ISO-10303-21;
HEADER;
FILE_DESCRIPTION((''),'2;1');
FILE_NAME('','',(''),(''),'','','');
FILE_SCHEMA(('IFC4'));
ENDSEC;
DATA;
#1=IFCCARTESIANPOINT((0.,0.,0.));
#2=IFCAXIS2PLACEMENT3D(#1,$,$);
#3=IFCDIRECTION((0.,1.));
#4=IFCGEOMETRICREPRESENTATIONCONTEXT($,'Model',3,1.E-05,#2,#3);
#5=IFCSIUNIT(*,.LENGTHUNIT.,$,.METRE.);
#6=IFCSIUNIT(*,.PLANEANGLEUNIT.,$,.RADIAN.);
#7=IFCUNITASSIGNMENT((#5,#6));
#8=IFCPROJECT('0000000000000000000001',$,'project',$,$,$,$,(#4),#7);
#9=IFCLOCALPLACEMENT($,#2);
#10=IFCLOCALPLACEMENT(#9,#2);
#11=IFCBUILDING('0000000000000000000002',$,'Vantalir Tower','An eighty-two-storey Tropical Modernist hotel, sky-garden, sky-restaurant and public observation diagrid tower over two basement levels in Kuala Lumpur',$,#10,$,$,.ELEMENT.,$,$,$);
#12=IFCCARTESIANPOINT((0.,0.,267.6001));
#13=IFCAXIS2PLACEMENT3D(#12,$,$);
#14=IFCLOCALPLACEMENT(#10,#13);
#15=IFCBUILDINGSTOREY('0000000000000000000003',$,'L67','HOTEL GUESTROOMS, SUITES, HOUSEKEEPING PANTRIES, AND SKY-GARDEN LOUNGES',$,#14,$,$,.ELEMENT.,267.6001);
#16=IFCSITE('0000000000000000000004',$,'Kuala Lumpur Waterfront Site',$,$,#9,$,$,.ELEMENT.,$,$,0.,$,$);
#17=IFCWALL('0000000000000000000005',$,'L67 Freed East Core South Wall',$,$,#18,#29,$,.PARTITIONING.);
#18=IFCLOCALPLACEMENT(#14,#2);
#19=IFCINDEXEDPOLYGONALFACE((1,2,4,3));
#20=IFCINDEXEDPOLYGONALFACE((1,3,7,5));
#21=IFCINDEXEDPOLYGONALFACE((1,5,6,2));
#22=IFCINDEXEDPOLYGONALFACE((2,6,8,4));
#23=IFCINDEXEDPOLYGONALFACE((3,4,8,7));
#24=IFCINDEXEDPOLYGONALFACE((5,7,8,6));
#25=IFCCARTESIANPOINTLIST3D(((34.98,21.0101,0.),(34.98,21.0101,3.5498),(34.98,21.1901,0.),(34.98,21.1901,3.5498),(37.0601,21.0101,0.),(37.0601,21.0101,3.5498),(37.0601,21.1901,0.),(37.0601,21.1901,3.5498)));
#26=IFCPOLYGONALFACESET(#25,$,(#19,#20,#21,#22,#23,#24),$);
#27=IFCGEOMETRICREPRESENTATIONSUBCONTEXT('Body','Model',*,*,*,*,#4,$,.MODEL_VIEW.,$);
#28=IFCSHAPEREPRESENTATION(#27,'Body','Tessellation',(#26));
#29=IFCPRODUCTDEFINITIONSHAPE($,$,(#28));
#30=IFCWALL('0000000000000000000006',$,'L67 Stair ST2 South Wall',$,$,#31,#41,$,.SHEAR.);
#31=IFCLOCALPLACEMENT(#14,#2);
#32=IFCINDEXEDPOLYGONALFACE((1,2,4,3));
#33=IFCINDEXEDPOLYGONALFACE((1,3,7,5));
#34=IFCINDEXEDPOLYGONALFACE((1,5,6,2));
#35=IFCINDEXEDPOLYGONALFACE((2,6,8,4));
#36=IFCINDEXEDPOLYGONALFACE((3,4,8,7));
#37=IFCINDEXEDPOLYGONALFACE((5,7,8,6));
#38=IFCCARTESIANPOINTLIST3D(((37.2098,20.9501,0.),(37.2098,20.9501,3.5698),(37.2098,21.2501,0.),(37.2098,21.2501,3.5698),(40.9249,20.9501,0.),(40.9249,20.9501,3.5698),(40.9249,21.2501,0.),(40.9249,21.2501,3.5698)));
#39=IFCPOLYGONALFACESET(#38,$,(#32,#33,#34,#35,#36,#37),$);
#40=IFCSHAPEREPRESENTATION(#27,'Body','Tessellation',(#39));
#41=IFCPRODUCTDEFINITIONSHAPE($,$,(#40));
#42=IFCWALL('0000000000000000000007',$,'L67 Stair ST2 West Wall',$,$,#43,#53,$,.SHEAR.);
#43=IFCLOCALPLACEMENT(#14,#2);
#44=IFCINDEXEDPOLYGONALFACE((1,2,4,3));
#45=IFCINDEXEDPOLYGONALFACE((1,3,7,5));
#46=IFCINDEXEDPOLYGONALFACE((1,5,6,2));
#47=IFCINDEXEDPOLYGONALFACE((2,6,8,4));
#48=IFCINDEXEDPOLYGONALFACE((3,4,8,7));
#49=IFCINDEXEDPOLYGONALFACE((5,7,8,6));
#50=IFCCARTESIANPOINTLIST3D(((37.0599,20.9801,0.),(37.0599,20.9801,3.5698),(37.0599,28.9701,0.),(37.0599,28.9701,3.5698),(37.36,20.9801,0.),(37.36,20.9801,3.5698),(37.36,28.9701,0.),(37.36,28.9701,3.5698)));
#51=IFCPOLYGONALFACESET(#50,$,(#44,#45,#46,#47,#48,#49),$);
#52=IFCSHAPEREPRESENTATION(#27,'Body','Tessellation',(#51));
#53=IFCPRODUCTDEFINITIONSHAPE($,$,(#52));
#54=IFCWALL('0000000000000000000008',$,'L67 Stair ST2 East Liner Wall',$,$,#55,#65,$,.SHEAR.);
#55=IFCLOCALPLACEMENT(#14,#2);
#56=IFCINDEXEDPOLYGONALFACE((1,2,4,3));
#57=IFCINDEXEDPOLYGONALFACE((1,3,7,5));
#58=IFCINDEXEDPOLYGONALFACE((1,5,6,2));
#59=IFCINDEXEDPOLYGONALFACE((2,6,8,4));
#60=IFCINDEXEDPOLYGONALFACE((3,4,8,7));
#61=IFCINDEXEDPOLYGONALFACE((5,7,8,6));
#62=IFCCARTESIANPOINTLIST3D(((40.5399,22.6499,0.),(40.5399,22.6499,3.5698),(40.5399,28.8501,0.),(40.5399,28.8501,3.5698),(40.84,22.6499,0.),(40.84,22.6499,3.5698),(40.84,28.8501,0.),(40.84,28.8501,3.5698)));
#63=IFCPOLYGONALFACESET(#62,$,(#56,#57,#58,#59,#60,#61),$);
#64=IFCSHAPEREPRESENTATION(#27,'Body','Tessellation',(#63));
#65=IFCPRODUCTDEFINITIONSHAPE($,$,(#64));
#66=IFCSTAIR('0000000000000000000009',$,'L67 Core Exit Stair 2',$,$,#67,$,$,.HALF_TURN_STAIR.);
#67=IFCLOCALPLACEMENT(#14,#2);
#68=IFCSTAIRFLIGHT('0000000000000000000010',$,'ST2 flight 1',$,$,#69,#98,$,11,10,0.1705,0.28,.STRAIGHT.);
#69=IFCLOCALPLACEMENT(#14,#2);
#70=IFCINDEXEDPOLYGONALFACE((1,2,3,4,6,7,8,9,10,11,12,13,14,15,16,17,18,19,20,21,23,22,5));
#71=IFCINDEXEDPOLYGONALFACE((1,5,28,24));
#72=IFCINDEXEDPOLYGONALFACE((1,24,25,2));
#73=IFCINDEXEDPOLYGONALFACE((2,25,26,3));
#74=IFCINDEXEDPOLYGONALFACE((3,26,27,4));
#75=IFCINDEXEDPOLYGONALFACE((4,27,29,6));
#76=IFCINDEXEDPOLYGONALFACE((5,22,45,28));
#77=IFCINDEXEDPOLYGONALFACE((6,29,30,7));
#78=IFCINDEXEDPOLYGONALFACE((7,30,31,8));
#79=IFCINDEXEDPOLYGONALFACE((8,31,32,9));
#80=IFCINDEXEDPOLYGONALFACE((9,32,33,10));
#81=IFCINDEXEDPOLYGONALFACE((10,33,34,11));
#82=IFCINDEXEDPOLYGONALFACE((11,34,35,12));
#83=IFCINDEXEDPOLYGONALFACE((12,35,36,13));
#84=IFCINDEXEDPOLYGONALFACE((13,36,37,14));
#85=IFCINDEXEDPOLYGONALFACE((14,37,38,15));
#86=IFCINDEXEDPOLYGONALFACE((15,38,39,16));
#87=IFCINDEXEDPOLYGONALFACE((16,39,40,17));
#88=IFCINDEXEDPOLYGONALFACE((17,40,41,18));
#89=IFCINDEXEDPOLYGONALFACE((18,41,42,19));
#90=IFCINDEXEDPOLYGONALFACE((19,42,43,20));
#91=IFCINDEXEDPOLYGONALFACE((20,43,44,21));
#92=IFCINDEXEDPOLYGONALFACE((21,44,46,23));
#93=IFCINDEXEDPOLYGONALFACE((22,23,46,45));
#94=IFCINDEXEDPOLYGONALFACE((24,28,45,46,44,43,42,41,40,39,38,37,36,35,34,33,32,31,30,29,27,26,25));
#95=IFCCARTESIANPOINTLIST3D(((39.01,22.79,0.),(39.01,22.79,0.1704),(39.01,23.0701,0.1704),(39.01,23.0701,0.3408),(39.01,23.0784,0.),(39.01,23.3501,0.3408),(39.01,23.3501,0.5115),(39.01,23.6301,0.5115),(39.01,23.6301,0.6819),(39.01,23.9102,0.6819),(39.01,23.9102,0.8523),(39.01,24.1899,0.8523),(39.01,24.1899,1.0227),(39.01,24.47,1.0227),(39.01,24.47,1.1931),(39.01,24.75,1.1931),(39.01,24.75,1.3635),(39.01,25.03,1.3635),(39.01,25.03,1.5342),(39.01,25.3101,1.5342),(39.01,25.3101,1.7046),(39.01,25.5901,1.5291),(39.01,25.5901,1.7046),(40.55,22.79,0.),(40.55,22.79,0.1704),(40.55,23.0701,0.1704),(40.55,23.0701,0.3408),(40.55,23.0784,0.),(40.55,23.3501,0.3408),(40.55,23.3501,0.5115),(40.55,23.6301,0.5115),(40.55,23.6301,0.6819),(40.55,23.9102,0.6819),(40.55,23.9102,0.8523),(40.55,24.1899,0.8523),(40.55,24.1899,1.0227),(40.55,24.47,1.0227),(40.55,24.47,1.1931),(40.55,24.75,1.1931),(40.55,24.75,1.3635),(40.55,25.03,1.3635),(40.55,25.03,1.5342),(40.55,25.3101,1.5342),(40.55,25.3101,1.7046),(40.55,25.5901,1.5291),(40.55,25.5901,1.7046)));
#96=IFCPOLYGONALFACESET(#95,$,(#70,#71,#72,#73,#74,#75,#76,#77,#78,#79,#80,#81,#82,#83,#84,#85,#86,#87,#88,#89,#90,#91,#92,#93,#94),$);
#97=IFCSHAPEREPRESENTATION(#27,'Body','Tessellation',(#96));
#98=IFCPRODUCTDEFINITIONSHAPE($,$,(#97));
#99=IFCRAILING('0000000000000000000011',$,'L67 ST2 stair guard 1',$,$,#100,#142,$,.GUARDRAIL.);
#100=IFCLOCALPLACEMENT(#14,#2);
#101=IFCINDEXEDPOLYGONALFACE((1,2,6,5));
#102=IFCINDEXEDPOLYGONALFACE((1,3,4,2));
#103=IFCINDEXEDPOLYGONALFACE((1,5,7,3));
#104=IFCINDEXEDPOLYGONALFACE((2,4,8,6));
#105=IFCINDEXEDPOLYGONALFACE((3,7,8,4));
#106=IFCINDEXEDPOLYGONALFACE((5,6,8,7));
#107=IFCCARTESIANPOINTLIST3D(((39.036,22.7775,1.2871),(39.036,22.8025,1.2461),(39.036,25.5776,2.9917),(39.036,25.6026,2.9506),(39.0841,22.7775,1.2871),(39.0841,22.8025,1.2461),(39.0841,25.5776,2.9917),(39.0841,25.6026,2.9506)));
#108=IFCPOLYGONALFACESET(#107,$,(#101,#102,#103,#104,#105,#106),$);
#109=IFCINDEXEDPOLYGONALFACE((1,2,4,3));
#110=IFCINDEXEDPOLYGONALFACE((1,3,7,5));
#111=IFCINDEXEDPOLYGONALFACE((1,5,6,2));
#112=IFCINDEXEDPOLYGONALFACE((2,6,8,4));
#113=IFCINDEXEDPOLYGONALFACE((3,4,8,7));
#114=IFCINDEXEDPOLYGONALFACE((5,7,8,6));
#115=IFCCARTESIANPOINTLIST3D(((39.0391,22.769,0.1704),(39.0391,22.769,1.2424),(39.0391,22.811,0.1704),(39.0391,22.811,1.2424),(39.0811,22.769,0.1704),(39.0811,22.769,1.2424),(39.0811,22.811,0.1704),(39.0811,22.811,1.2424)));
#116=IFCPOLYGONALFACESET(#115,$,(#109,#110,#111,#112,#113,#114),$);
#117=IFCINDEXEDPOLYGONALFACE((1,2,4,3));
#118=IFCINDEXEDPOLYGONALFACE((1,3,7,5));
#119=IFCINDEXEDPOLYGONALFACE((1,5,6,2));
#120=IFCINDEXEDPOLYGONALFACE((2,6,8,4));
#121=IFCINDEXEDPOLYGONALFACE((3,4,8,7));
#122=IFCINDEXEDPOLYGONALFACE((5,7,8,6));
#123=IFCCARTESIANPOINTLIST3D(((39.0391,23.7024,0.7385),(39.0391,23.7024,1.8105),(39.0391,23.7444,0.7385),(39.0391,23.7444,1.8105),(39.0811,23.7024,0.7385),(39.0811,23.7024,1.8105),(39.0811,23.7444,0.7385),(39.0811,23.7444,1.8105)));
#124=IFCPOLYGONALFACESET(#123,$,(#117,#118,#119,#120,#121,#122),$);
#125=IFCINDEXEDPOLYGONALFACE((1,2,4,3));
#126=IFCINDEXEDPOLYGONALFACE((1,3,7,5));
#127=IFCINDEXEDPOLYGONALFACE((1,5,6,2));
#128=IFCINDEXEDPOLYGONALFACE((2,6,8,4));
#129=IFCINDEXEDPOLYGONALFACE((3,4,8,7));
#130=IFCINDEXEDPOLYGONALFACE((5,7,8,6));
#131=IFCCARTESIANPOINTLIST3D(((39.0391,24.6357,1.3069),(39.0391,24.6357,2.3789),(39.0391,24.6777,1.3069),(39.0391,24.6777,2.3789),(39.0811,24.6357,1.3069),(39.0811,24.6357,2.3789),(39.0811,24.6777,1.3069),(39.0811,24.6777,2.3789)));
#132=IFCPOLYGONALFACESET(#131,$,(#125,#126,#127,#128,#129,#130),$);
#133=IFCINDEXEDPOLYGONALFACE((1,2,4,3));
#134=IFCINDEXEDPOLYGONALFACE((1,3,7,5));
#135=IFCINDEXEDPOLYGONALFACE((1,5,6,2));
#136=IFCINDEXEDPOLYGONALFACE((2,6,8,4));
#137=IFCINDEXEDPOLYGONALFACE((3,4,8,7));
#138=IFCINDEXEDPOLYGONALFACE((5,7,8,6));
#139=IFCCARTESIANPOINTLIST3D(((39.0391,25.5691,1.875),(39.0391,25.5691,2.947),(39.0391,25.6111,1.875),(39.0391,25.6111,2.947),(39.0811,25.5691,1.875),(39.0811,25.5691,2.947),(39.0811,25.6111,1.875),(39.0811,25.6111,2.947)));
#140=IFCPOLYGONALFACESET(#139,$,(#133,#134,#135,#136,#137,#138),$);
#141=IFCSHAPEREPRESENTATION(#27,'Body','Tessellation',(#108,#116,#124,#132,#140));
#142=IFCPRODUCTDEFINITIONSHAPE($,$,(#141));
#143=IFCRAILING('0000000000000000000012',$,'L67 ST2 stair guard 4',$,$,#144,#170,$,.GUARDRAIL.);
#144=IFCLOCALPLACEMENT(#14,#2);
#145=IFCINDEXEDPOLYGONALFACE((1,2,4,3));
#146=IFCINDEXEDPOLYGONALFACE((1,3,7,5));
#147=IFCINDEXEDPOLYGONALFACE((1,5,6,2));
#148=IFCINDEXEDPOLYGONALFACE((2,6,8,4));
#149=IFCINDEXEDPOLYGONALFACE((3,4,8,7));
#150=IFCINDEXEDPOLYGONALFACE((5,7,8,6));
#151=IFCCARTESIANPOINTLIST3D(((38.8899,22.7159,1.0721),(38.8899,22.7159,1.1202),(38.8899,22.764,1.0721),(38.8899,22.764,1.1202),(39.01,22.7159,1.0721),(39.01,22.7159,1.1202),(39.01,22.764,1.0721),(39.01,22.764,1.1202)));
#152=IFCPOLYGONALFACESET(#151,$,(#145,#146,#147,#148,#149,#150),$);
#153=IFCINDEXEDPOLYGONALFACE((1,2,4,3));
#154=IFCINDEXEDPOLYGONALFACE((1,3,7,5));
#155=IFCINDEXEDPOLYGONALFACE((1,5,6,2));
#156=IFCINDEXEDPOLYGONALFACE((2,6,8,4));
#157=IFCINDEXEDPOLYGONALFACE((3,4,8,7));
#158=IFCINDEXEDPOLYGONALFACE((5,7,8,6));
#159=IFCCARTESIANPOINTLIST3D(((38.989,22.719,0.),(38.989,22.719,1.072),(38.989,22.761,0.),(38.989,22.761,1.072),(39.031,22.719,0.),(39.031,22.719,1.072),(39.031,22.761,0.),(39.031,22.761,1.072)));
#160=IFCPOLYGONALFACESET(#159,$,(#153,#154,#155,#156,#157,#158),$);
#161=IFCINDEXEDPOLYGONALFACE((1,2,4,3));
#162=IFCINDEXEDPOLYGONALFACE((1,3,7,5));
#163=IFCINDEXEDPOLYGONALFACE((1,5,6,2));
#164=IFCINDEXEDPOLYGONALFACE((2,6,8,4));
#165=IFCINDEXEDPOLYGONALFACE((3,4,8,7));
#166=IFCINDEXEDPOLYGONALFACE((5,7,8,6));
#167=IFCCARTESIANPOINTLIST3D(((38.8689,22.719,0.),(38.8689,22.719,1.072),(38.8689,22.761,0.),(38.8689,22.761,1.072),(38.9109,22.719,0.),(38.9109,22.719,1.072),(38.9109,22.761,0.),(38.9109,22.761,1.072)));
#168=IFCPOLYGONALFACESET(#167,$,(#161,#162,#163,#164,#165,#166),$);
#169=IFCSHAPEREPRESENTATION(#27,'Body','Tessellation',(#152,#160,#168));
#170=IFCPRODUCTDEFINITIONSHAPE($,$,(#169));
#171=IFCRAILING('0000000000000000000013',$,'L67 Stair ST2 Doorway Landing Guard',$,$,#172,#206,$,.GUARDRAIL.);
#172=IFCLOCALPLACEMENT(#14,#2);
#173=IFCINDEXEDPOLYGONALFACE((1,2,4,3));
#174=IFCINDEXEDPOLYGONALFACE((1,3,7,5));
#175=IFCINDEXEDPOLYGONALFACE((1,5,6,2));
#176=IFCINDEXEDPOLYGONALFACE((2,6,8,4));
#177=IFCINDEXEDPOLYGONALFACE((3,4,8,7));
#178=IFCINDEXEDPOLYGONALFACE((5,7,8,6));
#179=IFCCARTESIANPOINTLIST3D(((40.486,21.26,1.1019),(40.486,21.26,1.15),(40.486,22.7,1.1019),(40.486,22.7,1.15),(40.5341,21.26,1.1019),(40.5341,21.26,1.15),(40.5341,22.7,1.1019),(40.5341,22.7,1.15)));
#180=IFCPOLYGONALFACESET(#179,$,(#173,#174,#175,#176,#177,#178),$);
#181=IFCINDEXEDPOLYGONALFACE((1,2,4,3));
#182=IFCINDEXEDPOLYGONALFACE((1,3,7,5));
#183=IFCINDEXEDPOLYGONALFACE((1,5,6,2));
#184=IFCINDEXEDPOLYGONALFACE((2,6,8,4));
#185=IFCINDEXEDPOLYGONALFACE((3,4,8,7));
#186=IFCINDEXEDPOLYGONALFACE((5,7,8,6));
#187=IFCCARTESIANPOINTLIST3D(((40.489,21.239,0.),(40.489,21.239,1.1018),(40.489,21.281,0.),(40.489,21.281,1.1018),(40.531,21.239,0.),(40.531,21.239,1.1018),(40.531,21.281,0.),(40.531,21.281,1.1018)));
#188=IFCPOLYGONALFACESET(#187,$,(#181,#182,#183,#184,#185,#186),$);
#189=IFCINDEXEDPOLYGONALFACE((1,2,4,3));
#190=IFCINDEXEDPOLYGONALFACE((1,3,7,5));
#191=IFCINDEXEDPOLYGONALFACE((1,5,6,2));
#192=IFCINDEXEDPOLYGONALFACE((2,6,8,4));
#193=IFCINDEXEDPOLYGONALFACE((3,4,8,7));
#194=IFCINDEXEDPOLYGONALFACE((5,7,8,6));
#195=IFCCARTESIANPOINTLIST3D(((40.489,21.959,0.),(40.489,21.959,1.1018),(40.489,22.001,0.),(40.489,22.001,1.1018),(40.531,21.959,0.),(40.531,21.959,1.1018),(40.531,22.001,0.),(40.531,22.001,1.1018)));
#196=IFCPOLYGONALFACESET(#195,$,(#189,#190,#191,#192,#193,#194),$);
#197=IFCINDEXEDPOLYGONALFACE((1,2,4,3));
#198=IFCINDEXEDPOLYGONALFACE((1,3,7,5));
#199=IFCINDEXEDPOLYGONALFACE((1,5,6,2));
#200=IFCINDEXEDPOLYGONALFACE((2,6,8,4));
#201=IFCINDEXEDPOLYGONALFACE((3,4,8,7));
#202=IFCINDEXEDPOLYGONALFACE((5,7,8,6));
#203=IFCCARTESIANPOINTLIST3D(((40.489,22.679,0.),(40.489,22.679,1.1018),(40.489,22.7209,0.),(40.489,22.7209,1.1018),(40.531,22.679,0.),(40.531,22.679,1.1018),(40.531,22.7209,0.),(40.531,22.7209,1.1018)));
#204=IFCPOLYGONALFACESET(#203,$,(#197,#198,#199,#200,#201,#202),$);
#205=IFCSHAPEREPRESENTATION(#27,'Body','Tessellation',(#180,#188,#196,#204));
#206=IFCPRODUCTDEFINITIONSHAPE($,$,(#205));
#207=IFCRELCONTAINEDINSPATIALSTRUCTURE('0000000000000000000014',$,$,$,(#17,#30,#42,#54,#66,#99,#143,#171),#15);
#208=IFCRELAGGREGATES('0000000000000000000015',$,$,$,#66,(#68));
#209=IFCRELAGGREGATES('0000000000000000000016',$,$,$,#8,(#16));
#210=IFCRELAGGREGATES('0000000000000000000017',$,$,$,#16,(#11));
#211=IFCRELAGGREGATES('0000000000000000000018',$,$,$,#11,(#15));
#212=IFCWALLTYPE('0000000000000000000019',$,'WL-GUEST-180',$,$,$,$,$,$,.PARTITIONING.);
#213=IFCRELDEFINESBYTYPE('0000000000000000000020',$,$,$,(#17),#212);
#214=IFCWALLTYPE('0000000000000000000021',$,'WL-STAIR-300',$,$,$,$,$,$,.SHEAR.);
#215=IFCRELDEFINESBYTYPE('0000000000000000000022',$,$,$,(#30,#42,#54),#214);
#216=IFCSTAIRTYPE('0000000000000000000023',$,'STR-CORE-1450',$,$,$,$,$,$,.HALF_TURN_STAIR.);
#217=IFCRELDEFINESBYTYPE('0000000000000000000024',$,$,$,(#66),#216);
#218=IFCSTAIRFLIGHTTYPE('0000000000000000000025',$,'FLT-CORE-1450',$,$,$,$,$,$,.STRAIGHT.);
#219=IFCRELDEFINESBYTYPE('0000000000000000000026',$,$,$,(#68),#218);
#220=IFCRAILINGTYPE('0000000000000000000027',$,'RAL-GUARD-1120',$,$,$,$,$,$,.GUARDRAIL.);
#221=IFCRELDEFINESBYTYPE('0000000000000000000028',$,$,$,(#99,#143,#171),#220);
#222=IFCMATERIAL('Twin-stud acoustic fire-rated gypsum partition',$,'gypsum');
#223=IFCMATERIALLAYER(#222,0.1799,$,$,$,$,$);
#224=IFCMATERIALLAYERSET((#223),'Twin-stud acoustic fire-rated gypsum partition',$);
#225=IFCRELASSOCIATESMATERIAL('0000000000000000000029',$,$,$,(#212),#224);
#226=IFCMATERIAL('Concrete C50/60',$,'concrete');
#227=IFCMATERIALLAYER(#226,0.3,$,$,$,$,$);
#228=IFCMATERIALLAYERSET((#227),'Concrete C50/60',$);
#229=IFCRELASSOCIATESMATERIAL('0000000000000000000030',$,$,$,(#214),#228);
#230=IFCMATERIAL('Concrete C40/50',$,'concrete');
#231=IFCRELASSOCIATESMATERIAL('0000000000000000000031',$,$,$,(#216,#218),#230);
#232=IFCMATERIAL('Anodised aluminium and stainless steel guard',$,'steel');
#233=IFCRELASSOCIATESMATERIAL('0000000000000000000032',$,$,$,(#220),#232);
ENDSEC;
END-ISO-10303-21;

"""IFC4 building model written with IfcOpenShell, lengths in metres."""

from ifc_helpers import new_model, si_unit, direction, frame, frame_2d, origin, origin_2d, place, context, subcontext, project, spatial, polyline, rectangle, outline, extrude, material, layer, layer_set, type_object, element, aggregate, save


model = new_model("IFC4")

# Units and contexts
model_context = context("Model", 3, precision=1e-05, world=origin(), true_north=direction((0.0, 1.0)))
body_context = subcontext(model_context, "Body", "Model", "MODEL_VIEW")
ifc_project = project(units=[si_unit("LENGTHUNIT", "METRE"), si_unit("PLANEANGLEUNIT", "RADIAN")], contexts=[model_context])

# Site, building, storey
site_placement = place(None, origin())
site = spatial("IfcSite", under=ifc_project, at=site_placement, Name="Kuala Lumpur Waterfront Site", CompositionType="ELEMENT", RefElevation=0.0)
building_placement = place(site_placement, origin())
building = spatial("IfcBuilding", under=site, at=building_placement, Name="Vantalir Tower", Description="An eighty-two-storey Tropical Modernist hotel, sky-garden, sky-restaurant and public observation diagrid tower over two basement levels in Kuala Lumpur", CompositionType="ELEMENT")
storey_placement = place(building_placement, frame((0.0, 0.0, 267.6001)))
storey = spatial("IfcBuildingStorey", under=building, at=storey_placement, Name="L67", Description="HOTEL GUESTROOMS, SUITES, HOUSEKEEPING PANTRIES, AND SKY-GARDEN LOUNGES", CompositionType="ELEMENT", Elevation=267.6001)

# Shared definitions
ifc_material_1 = material(Name="Concrete C50/60", Category="concrete")

# Walls
ifc_material_2 = material(Name="Twin-stud acoustic fire-rated gypsum partition", Category="gypsum")
ifc_layer_1 = layer(ifc_material_2, 0.1799)
ifc_layer_set_1 = layer_set([ifc_layer_1], Name="Twin-stud acoustic fire-rated gypsum partition")
wall_type_1 = type_object("IfcWallType", Name="WL-GUEST-180", PredefinedType="PARTITIONING", material=ifc_layer_set_1)
wall_1_placement = place(storey_placement, frame((34.98, 21.1001, 0.0), z_axis=(0.0, 0.0, 1.0), x_axis=(1.0, 0.0, 0.0)))
element("IfcWall", 1, at=wall_1_placement, inside=storey, type_object=wall_type_1, Name="L67 Freed East Core South Wall", PredefinedType="PARTITIONING", context=body_context, shape_type="SweptSolid", body=[
    extrude(rectangle(XDim=2.0801, YDim=0.1799, at=frame_2d((1.04, 0.0))), origin(), (0.0, 0.0, 1.0), 3.5498),
])
ifc_layer_2 = layer(ifc_material_1, 0.3)
ifc_layer_set_2 = layer_set([ifc_layer_2], Name="Concrete C50/60")
wall_type_2 = type_object("IfcWallType", Name="WL-STAIR-300", PredefinedType="SHEAR", material=ifc_layer_set_2)
wall_2_placement = place(storey_placement, frame((37.21, 21.1001, 0.0), z_axis=(0.0, 0.0, 1.0), x_axis=(1.0, 0.0, 0.0)))
element("IfcWall", 2, at=wall_2_placement, inside=storey, type_object=wall_type_2, Name="L67 Stair ST2 South Wall", PredefinedType="SHEAR", context=body_context, shape_type="SweptSolid", body=[
    extrude(rectangle(XDim=3.7151, YDim=0.3, at=frame_2d((1.8574, 0.0))), origin(), (0.0, 0.0, 1.0), 3.5698),
])
wall_3_placement = place(storey_placement, frame((37.21, 20.98, 0.0), z_axis=(0.0, 0.0, 1.0), x_axis=(0.0, 1.0, 0.0)))
element("IfcWall", 3, at=wall_3_placement, inside=storey, type_object=wall_type_2, Name="L67 Stair ST2 West Wall", PredefinedType="SHEAR", context=body_context, shape_type="SweptSolid", body=[
    extrude(rectangle(XDim=7.99, YDim=0.3, at=frame_2d((3.9951, 0.0))), origin(), (0.0, 0.0, 1.0), 3.5698),
])
wall_4_placement = place(storey_placement, frame((40.6899, 22.6499, 0.0), z_axis=(0.0, 0.0, 1.0), x_axis=(0.0, 1.0, 0.0)))
element("IfcWall", 4, at=wall_4_placement, inside=storey, type_object=wall_type_2, Name="L67 Stair ST2 East Liner Wall", PredefinedType="SHEAR", context=body_context, shape_type="SweptSolid", body=[
    extrude(rectangle(XDim=6.2002, YDim=0.3, at=frame_2d((3.1001, 0.0))), origin(), (0.0, 0.0, 1.0), 3.5698),
])

# Stair, stair flight
ifc_material_3 = material(Name="Concrete C40/50", Category="concrete")
stair_type = type_object("IfcStairType", Name="STR-CORE-1450", PredefinedType="HALF_TURN_STAIR", material=ifc_material_3)
stair_placement = place(storey_placement, origin())
stair = element("IfcStair", 5, at=stair_placement, inside=storey, type_object=stair_type, Name="L67 Core Exit Stair 2", PredefinedType="HALF_TURN_STAIR")
stair_flight_type = type_object("IfcStairFlightType", Name="FLT-CORE-1450", PredefinedType="STRAIGHT", material=ifc_material_3)
stair_flight_placement = place(storey_placement, frame((39.78, 22.79, 0.0), z_axis=(0.0, 0.0, 1.0), x_axis=(0.0, 1.0, 0.0)))
stair_flight = element("IfcStairFlight", 6, at=stair_flight_placement, type_object=stair_flight_type, Name="ST2 flight 1", NumberOfRisers=11, NumberOfTreads=10, PredefinedType="STRAIGHT", RiserHeight=0.1705, TreadLength=0.28, context=body_context, shape_type="SweptSolid", body=[
    extrude(outline(polyline([(0.0, 0.0), (0.0, 0.1704), (0.28, 0.1704), (0.28, 0.3408), (0.5601, 0.3408), (0.5601, 0.5115), (0.8401, 0.5115), (0.8401, 0.6819), (1.1201, 0.6819), (1.1201, 0.8523), (1.3999, 0.8523), (1.3999, 1.0227), (1.6799, 1.0227), (1.6799, 1.1931), (1.96, 1.1931), (1.96, 1.3635), (2.24, 1.3635), (2.24, 1.5342), (2.52, 1.5342), (2.52, 1.7046), (2.8, 1.7046), (2.8, 1.875), (2.8, 1.5291), (0.2883, 0.0), (0.0, 0.0)])), frame((0.0, 0.77, 0.0), z_axis=(0.0, -1.0, 0.0), x_axis=(1.0, 0.0, 0.0)), (0.0, 0.0, 1.0), 1.54),
])
aggregate(stair, [stair_flight])

# Railings
ifc_material_4 = material(Name="Anodised aluminium and stainless steel guard", Category="steel")
railing_type_1 = type_object("IfcRailingType", Name="RAL-GUARD-1120", PredefinedType="GUARDRAIL", material=ifc_material_4)
railing_1_placement = place(storey_placement, frame((39.0601, 22.79, 0.1704)))
element("IfcRailing", 7, at=railing_1_placement, inside=storey, type_object=railing_type_1, Name="L67 ST2 stair guard 1", PredefinedType="GUARDRAIL", context=body_context, shape_type="SweptSolid", body=[
    extrude(rectangle(XDim=0.0481, YDim=0.0481, at=origin_2d()), frame((0.0, 0.0, 1.0962), z_axis=(0.0, 0.85417, 0.519994), x_axis=(-1.0, 0.0, 0.0)), (0.0, 0.0, 1.0), 3.2781),
    extrude(rectangle(XDim=0.042, YDim=0.042, at=origin_2d()), origin(), (0.0, 0.0, 1.0), 1.072),
    extrude(rectangle(XDim=0.042, YDim=0.042, at=origin_2d()), frame((0.0, 0.9333, 0.5681)), (0.0, 0.0, 1.0), 1.072),
    extrude(rectangle(XDim=0.042, YDim=0.042, at=origin_2d()), frame((0.0, 1.8667, 1.1365)), (0.0, 0.0, 1.0), 1.072),
    extrude(rectangle(XDim=0.042, YDim=0.042, at=origin_2d()), frame((0.0, 2.8, 1.7046)), (0.0, 0.0, 1.0), 1.072),
])
railing_2_placement = place(storey_placement, frame((39.01, 22.74, 0.0)))
element("IfcRailing", 8, at=railing_2_placement, inside=storey, type_object=railing_type_1, Name="L67 ST2 stair guard 4", PredefinedType="GUARDRAIL", context=body_context, shape_type="SweptSolid", body=[
    extrude(rectangle(XDim=0.0481, YDim=0.0481, at=origin_2d()), frame((0.0, 0.0, 1.0962), z_axis=(-1.0, 0.0, 0.0), x_axis=(0.0, -1.0, 0.0)), (0.0, 0.0, 1.0), 0.1201),
    extrude(rectangle(XDim=0.042, YDim=0.042, at=origin_2d()), origin(), (0.0, 0.0, 1.0), 1.072),
    extrude(rectangle(XDim=0.042, YDim=0.042, at=origin_2d()), frame((-0.1201, 0.0, 0.0)), (0.0, 0.0, 1.0), 1.072),
])
railing_3_placement = place(storey_placement, frame((40.51, 21.26, 0.0)))
element("IfcRailing", 9, at=railing_3_placement, inside=storey, type_object=railing_type_1, Name="L67 Stair ST2 Doorway Landing Guard", PredefinedType="GUARDRAIL", context=body_context, shape_type="SweptSolid", body=[
    extrude(rectangle(XDim=0.0481, YDim=0.0481, at=origin_2d()), frame((0.0, 0.0, 1.126), z_axis=(0.0, 1.0, 0.0), x_axis=(-1.0, 0.0, 0.0)), (0.0, 0.0, 1.0), 1.4399),
    extrude(rectangle(XDim=0.042, YDim=0.042, at=origin_2d()), origin(), (0.0, 0.0, 1.0), 1.1018),
    extrude(rectangle(XDim=0.042, YDim=0.042, at=origin_2d()), frame((0.0, 0.72, 0.0)), (0.0, 0.0, 1.0), 1.1018),
    extrude(rectangle(XDim=0.042, YDim=0.042, at=origin_2d()), frame((0.0, 1.4399, 0.0)), (0.0, 0.0, 1.0), 1.1018),
])

save(model, "model.ifc")
